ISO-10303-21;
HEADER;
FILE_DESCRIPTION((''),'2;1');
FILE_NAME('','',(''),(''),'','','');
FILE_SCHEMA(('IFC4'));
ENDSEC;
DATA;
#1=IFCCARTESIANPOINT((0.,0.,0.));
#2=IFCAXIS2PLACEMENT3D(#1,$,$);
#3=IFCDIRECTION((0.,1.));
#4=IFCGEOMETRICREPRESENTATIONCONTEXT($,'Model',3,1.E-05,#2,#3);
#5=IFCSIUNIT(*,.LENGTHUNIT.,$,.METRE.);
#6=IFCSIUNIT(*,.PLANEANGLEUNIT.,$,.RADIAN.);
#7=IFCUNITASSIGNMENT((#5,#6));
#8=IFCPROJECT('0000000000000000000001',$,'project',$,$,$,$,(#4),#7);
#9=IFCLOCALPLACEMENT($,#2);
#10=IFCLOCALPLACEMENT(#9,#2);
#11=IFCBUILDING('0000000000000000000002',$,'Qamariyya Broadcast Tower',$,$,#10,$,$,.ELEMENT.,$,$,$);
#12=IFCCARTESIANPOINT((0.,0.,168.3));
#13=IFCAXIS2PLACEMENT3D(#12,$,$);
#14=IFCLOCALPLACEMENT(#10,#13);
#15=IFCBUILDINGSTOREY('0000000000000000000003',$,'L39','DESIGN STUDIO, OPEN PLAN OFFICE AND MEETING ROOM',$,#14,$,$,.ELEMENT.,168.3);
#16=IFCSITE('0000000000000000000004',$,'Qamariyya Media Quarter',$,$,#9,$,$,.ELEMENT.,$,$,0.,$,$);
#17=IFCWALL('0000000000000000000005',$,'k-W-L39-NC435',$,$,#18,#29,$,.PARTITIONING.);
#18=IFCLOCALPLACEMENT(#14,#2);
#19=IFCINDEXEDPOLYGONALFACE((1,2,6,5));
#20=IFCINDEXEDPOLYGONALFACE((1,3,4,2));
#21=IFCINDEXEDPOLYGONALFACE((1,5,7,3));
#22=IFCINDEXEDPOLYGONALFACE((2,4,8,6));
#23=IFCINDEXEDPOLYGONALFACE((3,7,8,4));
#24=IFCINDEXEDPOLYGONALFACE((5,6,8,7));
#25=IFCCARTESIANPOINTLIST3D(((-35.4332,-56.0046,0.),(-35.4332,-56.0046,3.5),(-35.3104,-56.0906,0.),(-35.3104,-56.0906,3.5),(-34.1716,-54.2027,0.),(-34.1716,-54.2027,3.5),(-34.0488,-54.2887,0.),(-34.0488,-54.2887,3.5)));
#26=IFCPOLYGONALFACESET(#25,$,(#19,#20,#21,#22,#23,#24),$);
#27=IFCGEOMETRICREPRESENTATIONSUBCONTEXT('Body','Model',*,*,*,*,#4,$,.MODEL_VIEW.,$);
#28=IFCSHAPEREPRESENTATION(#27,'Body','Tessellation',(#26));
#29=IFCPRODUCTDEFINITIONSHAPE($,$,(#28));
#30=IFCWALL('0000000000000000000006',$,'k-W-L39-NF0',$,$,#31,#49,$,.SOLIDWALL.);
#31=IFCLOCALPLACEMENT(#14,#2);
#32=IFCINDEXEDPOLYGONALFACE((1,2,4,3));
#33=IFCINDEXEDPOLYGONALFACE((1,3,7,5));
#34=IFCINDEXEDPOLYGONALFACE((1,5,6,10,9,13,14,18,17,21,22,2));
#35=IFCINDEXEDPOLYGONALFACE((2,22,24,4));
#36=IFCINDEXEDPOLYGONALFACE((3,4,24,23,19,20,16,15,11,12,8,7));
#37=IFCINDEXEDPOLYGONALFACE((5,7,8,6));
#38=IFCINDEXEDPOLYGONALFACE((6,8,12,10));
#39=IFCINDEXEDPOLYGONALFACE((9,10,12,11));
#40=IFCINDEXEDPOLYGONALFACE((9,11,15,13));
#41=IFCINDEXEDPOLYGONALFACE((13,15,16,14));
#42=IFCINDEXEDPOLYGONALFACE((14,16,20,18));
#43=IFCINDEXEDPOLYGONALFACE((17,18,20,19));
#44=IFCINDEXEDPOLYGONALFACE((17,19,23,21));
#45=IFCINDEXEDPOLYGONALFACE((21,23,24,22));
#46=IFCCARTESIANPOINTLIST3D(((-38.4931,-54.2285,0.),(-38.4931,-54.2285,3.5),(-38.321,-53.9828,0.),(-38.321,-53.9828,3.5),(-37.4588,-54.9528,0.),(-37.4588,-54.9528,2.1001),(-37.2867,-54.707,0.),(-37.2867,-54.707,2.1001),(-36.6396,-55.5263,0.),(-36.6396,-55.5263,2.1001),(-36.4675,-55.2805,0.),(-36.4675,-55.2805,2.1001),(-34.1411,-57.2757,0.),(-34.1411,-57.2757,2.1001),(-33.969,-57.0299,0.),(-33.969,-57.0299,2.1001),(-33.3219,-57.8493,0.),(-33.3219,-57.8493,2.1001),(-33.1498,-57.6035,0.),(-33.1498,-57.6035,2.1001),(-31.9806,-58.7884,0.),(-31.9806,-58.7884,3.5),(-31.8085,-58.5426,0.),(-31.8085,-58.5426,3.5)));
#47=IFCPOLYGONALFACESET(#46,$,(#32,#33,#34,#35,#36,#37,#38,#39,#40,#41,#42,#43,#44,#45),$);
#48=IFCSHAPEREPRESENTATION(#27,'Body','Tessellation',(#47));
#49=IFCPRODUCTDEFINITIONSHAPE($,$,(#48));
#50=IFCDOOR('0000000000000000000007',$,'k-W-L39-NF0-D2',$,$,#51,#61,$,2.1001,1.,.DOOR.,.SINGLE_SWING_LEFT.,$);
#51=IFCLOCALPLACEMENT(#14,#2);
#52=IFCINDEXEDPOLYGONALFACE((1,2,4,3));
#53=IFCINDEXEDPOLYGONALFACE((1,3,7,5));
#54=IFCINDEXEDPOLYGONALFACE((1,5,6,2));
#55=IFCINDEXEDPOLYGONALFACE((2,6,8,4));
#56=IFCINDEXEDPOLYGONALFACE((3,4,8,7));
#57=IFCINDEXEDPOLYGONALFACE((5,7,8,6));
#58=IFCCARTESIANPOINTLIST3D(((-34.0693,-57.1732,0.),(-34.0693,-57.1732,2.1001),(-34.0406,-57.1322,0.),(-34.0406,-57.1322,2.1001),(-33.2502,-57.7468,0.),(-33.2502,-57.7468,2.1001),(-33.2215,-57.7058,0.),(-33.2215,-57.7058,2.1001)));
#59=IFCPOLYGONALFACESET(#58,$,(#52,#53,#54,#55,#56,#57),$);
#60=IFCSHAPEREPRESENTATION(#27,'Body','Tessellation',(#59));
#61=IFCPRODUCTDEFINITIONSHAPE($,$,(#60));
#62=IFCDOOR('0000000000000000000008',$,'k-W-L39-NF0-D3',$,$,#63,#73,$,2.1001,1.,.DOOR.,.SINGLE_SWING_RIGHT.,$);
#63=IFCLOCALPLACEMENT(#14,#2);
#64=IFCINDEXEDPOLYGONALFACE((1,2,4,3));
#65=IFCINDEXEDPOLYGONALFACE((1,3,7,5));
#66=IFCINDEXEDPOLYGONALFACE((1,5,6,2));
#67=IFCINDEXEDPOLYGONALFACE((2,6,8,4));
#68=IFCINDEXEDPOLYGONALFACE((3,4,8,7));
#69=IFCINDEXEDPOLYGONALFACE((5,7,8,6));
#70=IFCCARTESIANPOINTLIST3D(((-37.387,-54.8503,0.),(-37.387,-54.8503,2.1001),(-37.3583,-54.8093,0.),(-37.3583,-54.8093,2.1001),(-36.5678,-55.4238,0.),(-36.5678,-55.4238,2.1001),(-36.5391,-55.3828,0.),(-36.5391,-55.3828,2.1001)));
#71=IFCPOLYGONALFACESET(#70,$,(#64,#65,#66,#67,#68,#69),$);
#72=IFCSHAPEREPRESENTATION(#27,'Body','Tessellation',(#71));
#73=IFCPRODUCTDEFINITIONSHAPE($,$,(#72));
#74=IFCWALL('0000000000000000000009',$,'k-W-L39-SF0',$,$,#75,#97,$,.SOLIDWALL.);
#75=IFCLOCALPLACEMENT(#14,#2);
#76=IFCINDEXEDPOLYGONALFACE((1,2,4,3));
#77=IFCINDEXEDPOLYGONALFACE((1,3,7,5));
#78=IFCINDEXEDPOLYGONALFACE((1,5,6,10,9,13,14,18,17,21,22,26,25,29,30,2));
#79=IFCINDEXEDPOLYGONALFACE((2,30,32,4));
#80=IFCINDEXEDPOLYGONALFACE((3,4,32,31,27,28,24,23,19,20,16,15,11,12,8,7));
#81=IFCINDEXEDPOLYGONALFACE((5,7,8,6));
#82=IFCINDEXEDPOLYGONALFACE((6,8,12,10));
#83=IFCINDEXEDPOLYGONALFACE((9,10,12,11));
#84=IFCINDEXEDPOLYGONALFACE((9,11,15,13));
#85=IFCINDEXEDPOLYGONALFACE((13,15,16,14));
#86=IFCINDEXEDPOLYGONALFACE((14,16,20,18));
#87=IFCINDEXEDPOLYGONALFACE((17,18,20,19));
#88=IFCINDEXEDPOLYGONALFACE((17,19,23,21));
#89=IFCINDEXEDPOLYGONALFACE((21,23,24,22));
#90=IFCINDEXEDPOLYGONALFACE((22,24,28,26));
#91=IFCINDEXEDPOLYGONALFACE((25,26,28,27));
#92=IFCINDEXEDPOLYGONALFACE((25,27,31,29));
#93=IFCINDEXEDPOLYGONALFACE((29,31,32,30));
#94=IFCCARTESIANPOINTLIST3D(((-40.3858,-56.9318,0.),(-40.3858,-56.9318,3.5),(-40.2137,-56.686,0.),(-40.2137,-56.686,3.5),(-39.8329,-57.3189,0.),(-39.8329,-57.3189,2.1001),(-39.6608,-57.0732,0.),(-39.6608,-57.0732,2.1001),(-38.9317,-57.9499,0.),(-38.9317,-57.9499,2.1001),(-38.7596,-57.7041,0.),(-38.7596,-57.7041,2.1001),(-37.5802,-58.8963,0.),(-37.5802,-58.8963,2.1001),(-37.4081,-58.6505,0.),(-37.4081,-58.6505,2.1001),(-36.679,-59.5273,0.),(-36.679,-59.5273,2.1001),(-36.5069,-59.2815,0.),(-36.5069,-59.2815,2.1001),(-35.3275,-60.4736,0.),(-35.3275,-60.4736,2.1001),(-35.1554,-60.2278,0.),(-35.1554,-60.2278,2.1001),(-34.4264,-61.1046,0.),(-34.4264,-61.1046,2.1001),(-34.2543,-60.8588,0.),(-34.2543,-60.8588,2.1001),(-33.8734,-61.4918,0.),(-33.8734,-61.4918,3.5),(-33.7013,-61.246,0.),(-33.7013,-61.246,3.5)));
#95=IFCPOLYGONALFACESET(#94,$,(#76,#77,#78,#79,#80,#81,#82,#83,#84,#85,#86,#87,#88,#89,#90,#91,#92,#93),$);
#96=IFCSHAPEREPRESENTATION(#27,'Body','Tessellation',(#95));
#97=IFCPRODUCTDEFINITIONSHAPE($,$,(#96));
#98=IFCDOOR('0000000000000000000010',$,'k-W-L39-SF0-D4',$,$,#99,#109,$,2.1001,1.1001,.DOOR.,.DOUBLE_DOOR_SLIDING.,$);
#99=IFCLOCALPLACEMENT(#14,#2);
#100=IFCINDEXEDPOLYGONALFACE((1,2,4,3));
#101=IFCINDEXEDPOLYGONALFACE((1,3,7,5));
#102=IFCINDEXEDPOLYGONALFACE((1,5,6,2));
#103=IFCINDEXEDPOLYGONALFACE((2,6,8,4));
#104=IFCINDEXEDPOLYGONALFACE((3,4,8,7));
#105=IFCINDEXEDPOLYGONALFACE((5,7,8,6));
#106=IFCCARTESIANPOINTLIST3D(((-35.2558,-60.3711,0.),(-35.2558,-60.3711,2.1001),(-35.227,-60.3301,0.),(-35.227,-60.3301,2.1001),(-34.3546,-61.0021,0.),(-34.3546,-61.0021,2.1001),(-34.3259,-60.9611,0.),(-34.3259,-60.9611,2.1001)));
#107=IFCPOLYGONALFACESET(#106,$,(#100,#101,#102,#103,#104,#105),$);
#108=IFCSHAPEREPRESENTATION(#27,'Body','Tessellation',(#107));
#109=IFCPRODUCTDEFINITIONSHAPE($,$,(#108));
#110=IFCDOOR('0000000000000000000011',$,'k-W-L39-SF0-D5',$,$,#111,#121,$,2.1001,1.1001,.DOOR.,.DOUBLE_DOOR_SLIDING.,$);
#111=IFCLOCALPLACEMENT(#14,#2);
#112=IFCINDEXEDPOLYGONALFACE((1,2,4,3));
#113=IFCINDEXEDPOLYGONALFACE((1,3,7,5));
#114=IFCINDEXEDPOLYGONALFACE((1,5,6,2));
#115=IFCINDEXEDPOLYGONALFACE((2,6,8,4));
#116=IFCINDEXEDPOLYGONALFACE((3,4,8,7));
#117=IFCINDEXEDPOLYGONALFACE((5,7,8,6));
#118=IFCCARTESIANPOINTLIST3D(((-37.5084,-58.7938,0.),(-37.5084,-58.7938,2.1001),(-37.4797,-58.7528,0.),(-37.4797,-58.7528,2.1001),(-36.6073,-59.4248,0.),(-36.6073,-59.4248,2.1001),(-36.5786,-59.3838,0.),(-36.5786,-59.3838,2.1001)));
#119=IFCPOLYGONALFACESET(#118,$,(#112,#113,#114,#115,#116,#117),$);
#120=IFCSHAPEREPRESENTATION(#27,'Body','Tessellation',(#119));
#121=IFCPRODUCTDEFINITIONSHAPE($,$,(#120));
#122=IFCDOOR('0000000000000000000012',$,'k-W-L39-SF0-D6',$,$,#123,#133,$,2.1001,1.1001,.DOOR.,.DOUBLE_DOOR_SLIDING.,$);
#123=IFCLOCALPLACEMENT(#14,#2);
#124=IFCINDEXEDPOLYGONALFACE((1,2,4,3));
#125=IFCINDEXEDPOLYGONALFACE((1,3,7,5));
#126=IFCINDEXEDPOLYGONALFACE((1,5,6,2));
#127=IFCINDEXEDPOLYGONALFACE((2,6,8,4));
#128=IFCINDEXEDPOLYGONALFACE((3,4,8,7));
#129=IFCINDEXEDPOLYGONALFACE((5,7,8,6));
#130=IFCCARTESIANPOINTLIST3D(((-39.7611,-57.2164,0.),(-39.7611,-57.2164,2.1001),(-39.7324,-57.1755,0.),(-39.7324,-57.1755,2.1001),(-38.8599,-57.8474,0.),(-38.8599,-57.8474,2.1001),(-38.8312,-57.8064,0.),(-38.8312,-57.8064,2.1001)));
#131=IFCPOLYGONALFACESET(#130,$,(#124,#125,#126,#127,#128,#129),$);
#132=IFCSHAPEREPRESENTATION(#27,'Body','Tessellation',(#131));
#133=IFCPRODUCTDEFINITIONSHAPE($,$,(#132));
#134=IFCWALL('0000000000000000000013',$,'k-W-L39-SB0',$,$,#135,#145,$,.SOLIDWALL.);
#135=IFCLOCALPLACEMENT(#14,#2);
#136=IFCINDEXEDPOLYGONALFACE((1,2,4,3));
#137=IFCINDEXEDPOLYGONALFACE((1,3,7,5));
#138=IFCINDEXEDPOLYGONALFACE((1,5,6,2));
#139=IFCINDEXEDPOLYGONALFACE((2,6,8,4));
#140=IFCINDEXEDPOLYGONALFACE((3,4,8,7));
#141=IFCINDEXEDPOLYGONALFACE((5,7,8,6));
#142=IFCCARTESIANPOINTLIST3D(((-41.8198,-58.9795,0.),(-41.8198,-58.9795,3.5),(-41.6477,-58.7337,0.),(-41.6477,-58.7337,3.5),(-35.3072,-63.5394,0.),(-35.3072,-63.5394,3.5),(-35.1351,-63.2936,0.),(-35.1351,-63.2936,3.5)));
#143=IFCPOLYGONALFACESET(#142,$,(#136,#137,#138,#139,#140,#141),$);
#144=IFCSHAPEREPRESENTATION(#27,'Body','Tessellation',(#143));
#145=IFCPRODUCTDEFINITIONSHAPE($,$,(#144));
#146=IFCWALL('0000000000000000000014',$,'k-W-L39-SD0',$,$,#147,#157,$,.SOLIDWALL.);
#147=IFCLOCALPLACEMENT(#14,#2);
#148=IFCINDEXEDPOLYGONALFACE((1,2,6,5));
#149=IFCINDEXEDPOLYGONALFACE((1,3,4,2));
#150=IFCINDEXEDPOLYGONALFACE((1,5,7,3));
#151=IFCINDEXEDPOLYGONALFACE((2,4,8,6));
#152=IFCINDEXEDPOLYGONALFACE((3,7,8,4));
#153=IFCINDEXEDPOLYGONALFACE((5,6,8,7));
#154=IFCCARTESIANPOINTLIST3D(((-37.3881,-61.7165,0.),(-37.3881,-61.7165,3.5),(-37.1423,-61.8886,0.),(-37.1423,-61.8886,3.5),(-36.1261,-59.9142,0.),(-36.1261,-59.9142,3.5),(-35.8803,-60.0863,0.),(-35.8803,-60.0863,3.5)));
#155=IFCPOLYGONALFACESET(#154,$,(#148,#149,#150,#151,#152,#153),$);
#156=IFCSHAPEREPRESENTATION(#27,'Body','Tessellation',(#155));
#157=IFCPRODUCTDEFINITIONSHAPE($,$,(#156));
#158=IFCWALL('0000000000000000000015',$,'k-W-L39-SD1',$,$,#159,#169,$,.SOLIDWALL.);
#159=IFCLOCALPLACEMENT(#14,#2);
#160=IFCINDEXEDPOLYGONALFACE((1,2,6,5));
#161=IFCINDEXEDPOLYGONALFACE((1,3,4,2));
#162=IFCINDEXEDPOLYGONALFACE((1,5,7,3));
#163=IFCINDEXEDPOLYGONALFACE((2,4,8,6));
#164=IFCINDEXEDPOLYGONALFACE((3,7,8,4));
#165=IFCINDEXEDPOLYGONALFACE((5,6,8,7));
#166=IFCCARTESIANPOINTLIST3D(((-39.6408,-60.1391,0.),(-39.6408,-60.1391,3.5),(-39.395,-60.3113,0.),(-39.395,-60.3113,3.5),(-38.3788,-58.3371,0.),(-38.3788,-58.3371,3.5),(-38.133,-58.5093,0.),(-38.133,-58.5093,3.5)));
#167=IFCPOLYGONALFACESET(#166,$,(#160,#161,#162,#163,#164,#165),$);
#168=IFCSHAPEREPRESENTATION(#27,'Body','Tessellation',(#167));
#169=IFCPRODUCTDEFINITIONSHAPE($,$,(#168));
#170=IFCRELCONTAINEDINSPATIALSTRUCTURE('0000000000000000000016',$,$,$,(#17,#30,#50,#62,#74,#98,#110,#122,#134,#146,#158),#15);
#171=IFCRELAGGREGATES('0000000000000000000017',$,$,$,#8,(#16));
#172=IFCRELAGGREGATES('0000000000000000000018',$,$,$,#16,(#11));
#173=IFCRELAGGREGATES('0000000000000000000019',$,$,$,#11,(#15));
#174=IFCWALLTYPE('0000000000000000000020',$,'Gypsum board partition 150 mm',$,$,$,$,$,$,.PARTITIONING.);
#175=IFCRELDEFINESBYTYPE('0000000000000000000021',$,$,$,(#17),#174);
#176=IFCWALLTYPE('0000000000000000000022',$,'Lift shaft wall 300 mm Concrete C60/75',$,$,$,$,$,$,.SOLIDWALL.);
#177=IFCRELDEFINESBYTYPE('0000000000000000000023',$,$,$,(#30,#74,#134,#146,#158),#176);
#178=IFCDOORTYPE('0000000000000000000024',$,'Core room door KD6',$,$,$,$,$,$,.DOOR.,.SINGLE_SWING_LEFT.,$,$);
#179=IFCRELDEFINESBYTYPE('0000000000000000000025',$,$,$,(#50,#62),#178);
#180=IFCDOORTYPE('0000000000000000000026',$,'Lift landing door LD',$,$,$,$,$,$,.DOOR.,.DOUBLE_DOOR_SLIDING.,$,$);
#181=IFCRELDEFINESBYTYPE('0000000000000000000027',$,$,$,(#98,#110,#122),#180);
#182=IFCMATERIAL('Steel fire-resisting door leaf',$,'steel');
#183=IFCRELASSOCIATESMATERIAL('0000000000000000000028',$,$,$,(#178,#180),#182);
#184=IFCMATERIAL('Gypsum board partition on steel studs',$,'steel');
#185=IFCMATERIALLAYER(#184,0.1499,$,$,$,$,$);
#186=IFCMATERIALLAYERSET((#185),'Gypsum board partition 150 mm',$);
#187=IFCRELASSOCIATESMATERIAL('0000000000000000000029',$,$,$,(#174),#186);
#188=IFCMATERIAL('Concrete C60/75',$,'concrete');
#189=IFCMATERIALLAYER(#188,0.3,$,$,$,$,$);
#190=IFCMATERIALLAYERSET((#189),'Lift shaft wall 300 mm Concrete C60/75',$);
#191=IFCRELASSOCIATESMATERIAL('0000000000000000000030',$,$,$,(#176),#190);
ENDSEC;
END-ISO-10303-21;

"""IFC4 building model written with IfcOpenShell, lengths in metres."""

from ifc_helpers import new_model, si_unit, direction, frame, frame_2d, origin, place, context, subcontext, project, spatial, rectangle, extrude, material, layer, layer_set, type_object, element, fill, save


model = new_model("IFC4")

# Units and contexts
model_context = context("Model", 3, precision=1e-05, world=origin(), true_north=direction((0.0, 1.0)))
body_context = subcontext(model_context, "Body", "Model", "MODEL_VIEW")
ifc_project = project(units=[si_unit("LENGTHUNIT", "METRE"), si_unit("PLANEANGLEUNIT", "RADIAN")], contexts=[model_context])

# Site, building, storey
site_placement = place(None, origin())
site = spatial("IfcSite", under=ifc_project, at=site_placement, Name="Qamariyya Media Quarter", CompositionType="ELEMENT", RefElevation=0.0)
building_placement = place(site_placement, origin())
building = spatial("IfcBuilding", under=site, at=building_placement, Name="Qamariyya Broadcast Tower", CompositionType="ELEMENT")
storey_placement = place(building_placement, frame((0.0, 0.0, 168.3)))
storey = spatial("IfcBuildingStorey", under=building, at=storey_placement, Name="L39", Description="DESIGN STUDIO, OPEN PLAN OFFICE AND MEETING ROOM", CompositionType="ELEMENT", Elevation=168.3)

# Shared definitions
ifc_material_1 = material(Name="Concrete C60/75", Category="concrete")

# Shared definitions
ifc_material_2 = material(Name="Steel fire-resisting door leaf", Category="steel")

# Shared definitions
door_type_1 = type_object("IfcDoorType", Name="Core room door KD6", OperationType="SINGLE_SWING_LEFT", PredefinedType="DOOR", material=ifc_material_2)

# Wall
ifc_material_3 = material(Name="Gypsum board partition on steel studs", Category="steel")
ifc_layer_1 = layer(ifc_material_3, 0.1499)
ifc_layer_set_1 = layer_set([ifc_layer_1], Name="Gypsum board partition 150 mm")
wall_type_1 = type_object("IfcWallType", Name="Gypsum board partition 150 mm", PredefinedType="PARTITIONING", material=ifc_layer_set_1)
wall_1_placement = place(storey_placement, frame((-35.3718, -56.0476, 0.0), z_axis=(0.0, 0.0, 1.0), x_axis=(0.573559, 0.819164, 0.0)))
element("IfcWall", 1, at=wall_1_placement, inside=storey, type_object=wall_type_1, Name="k-W-L39-NC435", PredefinedType="PARTITIONING", context=body_context, shape_type="SweptSolid", body=[
    extrude(rectangle(XDim=2.1997, YDim=0.1499, at=frame_2d((1.0999, 0.0))), origin(), (0.0, 0.0, 1.0), 3.5),
])

# Walls, openings, doors
ifc_layer_2 = layer(ifc_material_1, 0.3)
ifc_layer_set_2 = layer_set([ifc_layer_2], Name="Lift shaft wall 300 mm Concrete C60/75")
wall_type_2 = type_object("IfcWallType", Name="Lift shaft wall 300 mm Concrete C60/75", PredefinedType="SOLIDWALL", material=ifc_layer_set_2)
wall_2_placement = place(storey_placement, frame((-31.8945, -58.6655, 0.0), z_axis=(0.0, 0.0, 1.0), x_axis=(-0.819167, 0.573555, 0.0)))
wall_2 = element("IfcWall", 2, at=wall_2_placement, inside=storey, type_object=wall_type_2, Name="k-W-L39-NF0", PredefinedType="SOLIDWALL", context=body_context, shape_type="SweptSolid", body=[
    extrude(rectangle(XDim=7.9502, YDim=0.3, at=frame_2d((3.9751, 0.0))), origin(), (0.0, 0.0, 1.0), 3.5),
])
opening_1_placement = place(wall_2_placement, frame((1.6375, 0.0, 0.0)))
opening_1 = element("IfcOpeningElement", 3, at=opening_1_placement, cuts=wall_2, PredefinedType="OPENING", context=body_context, shape_type="SweptSolid", body=[
    extrude(rectangle(XDim=1.0, YDim=2.1001, at=frame_2d((0.5, 1.05))), frame((0.0, 0.1599, 0.0), z_axis=(0.0, -1.0, 0.0), x_axis=(1.0, 0.0, 0.0)), (0.0, 0.0, 1.0), 0.3201),
])
opening_2_placement = place(wall_2_placement, frame((5.6875, 0.0, 0.0)))
opening_2 = element("IfcOpeningElement", 4, at=opening_2_placement, cuts=wall_2, PredefinedType="OPENING", context=body_context, shape_type="SweptSolid", body=[
    extrude(rectangle(XDim=1.0, YDim=2.1001, at=frame_2d((0.5, 1.05))), frame((0.0, 0.1599, 0.0), z_axis=(0.0, -1.0, 0.0), x_axis=(1.0, 0.0, 0.0)), (0.0, 0.0, 1.0), 0.3201),
])
door_1_placement = place(opening_1_placement, origin())
door_1 = element("IfcDoor", 5, at=door_1_placement, inside=storey, type_object=door_type_1, Name="k-W-L39-NF0-D2", OperationType="SINGLE_SWING_LEFT", OverallHeight=2.1001, OverallWidth=1.0, PredefinedType="DOOR", context=body_context, shape_type="SweptSolid", body=[
    extrude(rectangle(XDim=1.0, YDim=2.1001, at=frame_2d((0.5, 1.05))), frame((0.0, 0.0249, 0.0), z_axis=(0.0, -1.0, 0.0), x_axis=(1.0, 0.0, 0.0)), (0.0, 0.0, 1.0), 0.05),
])
fill(opening_1, door_1)
door_2_placement = place(opening_2_placement, origin())
door_2 = element("IfcDoor", 6, at=door_2_placement, inside=storey, type_object=door_type_1, Name="k-W-L39-NF0-D3", OperationType="SINGLE_SWING_RIGHT", OverallHeight=2.1001, OverallWidth=1.0, PredefinedType="DOOR", context=body_context, shape_type="SweptSolid", body=[
    extrude(rectangle(XDim=1.0, YDim=2.1001, at=frame_2d((0.5, 1.05))), frame((0.0, 0.0249, 0.0), z_axis=(0.0, -1.0, 0.0), x_axis=(1.0, 0.0, 0.0)), (0.0, 0.0, 1.0), 0.05),
])
fill(opening_2, door_2)
wall_3_placement = place(storey_placement, frame((-33.7874, -61.3689, 0.0), z_axis=(0.0, 0.0, 1.0), x_axis=(-0.819153, 0.573576, 0.0)))
wall_3 = element("IfcWall", 7, at=wall_3_placement, inside=storey, type_object=wall_type_2, Name="k-W-L39-SF0", PredefinedType="SOLIDWALL", context=body_context, shape_type="SweptSolid", body=[
    extrude(rectangle(XDim=7.9502, YDim=0.3, at=frame_2d((3.9751, 0.0))), origin(), (0.0, 0.0, 1.0), 3.5),
])
opening_3_placement = place(wall_3_placement, frame((0.675, 0.0, 0.0)))
opening_3 = element("IfcOpeningElement", 8, at=opening_3_placement, cuts=wall_3, PredefinedType="OPENING", context=body_context, shape_type="SweptSolid", body=[
    extrude(rectangle(XDim=1.1001, YDim=2.1001, at=frame_2d((0.55, 1.05))), frame((0.0, 0.1599, 0.0), z_axis=(0.0, -1.0, 0.0), x_axis=(1.0, 0.0, 0.0)), (0.0, 0.0, 1.0), 0.3201),
])
opening_4_placement = place(wall_3_placement, frame((3.425, 0.0, 0.0)))
opening_4 = element("IfcOpeningElement", 9, at=opening_4_placement, cuts=wall_3, PredefinedType="OPENING", context=body_context, shape_type="SweptSolid", body=[
    extrude(rectangle(XDim=1.1001, YDim=2.1001, at=frame_2d((0.55, 1.05))), frame((0.0, 0.1599, 0.0), z_axis=(0.0, -1.0, 0.0), x_axis=(1.0, 0.0, 0.0)), (0.0, 0.0, 1.0), 0.3201),
])
opening_5_placement = place(wall_3_placement, frame((6.175, 0.0, 0.0)))
opening_5 = element("IfcOpeningElement", 10, at=opening_5_placement, cuts=wall_3, PredefinedType="OPENING", context=body_context, shape_type="SweptSolid", body=[
    extrude(rectangle(XDim=1.1001, YDim=2.1001, at=frame_2d((0.55, 1.05))), frame((0.0, 0.1599, 0.0), z_axis=(0.0, -1.0, 0.0), x_axis=(1.0, 0.0, 0.0)), (0.0, 0.0, 1.0), 0.3201),
])
door_type_2 = type_object("IfcDoorType", Name="Lift landing door LD", OperationType="DOUBLE_DOOR_SLIDING", PredefinedType="DOOR", material=ifc_material_2)
door_3_placement = place(opening_3_placement, origin())
door_3 = element("IfcDoor", 11, at=door_3_placement, inside=storey, type_object=door_type_2, Name="k-W-L39-SF0-D4", OperationType="DOUBLE_DOOR_SLIDING", OverallHeight=2.1001, OverallWidth=1.1001, PredefinedType="DOOR", context=body_context, shape_type="SweptSolid", body=[
    extrude(rectangle(XDim=1.1001, YDim=2.1001, at=frame_2d((0.55, 1.05))), frame((0.0, 0.0249, 0.0), z_axis=(0.0, -1.0, 0.0), x_axis=(1.0, 0.0, 0.0)), (0.0, 0.0, 1.0), 0.05),
])
fill(opening_3, door_3)
door_4_placement = place(opening_4_placement, origin())
door_4 = element("IfcDoor", 12, at=door_4_placement, inside=storey, type_object=door_type_2, Name="k-W-L39-SF0-D5", OperationType="DOUBLE_DOOR_SLIDING", OverallHeight=2.1001, OverallWidth=1.1001, PredefinedType="DOOR", context=body_context, shape_type="SweptSolid", body=[
    extrude(rectangle(XDim=1.1001, YDim=2.1001, at=frame_2d((0.55, 1.05))), frame((0.0, 0.0249, 0.0), z_axis=(0.0, -1.0, 0.0), x_axis=(1.0, 0.0, 0.0)), (0.0, 0.0, 1.0), 0.05),
])
fill(opening_4, door_4)
door_5_placement = place(opening_5_placement, origin())
door_5 = element("IfcDoor", 13, at=door_5_placement, inside=storey, type_object=door_type_2, Name="k-W-L39-SF0-D6", OperationType="DOUBLE_DOOR_SLIDING", OverallHeight=2.1001, OverallWidth=1.1001, PredefinedType="DOOR", context=body_context, shape_type="SweptSolid", body=[
    extrude(rectangle(XDim=1.1001, YDim=2.1001, at=frame_2d((0.55, 1.05))), frame((0.0, 0.0249, 0.0), z_axis=(0.0, -1.0, 0.0), x_axis=(1.0, 0.0, 0.0)), (0.0, 0.0, 1.0), 0.05),
])
fill(opening_5, door_5)

# Walls
wall_4_placement = place(storey_placement, frame((-35.2212, -63.4165, 0.0), z_axis=(0.0, 0.0, 1.0), x_axis=(-0.819167, 0.573555, 0.0)))
element("IfcWall", 14, at=wall_4_placement, inside=storey, type_object=wall_type_2, Name="k-W-L39-SB0", PredefinedType="SOLIDWALL", context=body_context, shape_type="SweptSolid", body=[
    extrude(rectangle(XDim=7.9502, YDim=0.3, at=frame_2d((3.9751, 0.0))), origin(), (0.0, 0.0, 1.0), 3.5),
])
wall_5_placement = place(storey_placement, frame((-36.0032, -60.0002, 0.0), z_axis=(0.0, 0.0, 1.0), x_axis=(-0.573581, -0.819149, 0.0)))
element("IfcWall", 15, at=wall_5_placement, inside=storey, type_object=wall_type_2, Name="k-W-L39-SD0", PredefinedType="SOLIDWALL", context=body_context, shape_type="SweptSolid", body=[
    extrude(rectangle(XDim=2.2002, YDim=0.3, at=frame_2d((1.1001, 0.0))), origin(), (0.0, 0.0, 1.0), 3.5),
])
wall_6_placement = place(storey_placement, frame((-38.2559, -58.4231, 0.0), z_axis=(0.0, 0.0, 1.0), x_axis=(-0.573634, -0.819112, 0.0)))
element("IfcWall", 16, at=wall_6_placement, inside=storey, type_object=wall_type_2, Name="k-W-L39-SD1", PredefinedType="SOLIDWALL", context=body_context, shape_type="SweptSolid", body=[
    extrude(rectangle(XDim=2.2, YDim=0.3, at=frame_2d((1.1001, 0.0))), origin(), (0.0, 0.0, 1.0), 3.5),
])

save(model, "model.ifc")
